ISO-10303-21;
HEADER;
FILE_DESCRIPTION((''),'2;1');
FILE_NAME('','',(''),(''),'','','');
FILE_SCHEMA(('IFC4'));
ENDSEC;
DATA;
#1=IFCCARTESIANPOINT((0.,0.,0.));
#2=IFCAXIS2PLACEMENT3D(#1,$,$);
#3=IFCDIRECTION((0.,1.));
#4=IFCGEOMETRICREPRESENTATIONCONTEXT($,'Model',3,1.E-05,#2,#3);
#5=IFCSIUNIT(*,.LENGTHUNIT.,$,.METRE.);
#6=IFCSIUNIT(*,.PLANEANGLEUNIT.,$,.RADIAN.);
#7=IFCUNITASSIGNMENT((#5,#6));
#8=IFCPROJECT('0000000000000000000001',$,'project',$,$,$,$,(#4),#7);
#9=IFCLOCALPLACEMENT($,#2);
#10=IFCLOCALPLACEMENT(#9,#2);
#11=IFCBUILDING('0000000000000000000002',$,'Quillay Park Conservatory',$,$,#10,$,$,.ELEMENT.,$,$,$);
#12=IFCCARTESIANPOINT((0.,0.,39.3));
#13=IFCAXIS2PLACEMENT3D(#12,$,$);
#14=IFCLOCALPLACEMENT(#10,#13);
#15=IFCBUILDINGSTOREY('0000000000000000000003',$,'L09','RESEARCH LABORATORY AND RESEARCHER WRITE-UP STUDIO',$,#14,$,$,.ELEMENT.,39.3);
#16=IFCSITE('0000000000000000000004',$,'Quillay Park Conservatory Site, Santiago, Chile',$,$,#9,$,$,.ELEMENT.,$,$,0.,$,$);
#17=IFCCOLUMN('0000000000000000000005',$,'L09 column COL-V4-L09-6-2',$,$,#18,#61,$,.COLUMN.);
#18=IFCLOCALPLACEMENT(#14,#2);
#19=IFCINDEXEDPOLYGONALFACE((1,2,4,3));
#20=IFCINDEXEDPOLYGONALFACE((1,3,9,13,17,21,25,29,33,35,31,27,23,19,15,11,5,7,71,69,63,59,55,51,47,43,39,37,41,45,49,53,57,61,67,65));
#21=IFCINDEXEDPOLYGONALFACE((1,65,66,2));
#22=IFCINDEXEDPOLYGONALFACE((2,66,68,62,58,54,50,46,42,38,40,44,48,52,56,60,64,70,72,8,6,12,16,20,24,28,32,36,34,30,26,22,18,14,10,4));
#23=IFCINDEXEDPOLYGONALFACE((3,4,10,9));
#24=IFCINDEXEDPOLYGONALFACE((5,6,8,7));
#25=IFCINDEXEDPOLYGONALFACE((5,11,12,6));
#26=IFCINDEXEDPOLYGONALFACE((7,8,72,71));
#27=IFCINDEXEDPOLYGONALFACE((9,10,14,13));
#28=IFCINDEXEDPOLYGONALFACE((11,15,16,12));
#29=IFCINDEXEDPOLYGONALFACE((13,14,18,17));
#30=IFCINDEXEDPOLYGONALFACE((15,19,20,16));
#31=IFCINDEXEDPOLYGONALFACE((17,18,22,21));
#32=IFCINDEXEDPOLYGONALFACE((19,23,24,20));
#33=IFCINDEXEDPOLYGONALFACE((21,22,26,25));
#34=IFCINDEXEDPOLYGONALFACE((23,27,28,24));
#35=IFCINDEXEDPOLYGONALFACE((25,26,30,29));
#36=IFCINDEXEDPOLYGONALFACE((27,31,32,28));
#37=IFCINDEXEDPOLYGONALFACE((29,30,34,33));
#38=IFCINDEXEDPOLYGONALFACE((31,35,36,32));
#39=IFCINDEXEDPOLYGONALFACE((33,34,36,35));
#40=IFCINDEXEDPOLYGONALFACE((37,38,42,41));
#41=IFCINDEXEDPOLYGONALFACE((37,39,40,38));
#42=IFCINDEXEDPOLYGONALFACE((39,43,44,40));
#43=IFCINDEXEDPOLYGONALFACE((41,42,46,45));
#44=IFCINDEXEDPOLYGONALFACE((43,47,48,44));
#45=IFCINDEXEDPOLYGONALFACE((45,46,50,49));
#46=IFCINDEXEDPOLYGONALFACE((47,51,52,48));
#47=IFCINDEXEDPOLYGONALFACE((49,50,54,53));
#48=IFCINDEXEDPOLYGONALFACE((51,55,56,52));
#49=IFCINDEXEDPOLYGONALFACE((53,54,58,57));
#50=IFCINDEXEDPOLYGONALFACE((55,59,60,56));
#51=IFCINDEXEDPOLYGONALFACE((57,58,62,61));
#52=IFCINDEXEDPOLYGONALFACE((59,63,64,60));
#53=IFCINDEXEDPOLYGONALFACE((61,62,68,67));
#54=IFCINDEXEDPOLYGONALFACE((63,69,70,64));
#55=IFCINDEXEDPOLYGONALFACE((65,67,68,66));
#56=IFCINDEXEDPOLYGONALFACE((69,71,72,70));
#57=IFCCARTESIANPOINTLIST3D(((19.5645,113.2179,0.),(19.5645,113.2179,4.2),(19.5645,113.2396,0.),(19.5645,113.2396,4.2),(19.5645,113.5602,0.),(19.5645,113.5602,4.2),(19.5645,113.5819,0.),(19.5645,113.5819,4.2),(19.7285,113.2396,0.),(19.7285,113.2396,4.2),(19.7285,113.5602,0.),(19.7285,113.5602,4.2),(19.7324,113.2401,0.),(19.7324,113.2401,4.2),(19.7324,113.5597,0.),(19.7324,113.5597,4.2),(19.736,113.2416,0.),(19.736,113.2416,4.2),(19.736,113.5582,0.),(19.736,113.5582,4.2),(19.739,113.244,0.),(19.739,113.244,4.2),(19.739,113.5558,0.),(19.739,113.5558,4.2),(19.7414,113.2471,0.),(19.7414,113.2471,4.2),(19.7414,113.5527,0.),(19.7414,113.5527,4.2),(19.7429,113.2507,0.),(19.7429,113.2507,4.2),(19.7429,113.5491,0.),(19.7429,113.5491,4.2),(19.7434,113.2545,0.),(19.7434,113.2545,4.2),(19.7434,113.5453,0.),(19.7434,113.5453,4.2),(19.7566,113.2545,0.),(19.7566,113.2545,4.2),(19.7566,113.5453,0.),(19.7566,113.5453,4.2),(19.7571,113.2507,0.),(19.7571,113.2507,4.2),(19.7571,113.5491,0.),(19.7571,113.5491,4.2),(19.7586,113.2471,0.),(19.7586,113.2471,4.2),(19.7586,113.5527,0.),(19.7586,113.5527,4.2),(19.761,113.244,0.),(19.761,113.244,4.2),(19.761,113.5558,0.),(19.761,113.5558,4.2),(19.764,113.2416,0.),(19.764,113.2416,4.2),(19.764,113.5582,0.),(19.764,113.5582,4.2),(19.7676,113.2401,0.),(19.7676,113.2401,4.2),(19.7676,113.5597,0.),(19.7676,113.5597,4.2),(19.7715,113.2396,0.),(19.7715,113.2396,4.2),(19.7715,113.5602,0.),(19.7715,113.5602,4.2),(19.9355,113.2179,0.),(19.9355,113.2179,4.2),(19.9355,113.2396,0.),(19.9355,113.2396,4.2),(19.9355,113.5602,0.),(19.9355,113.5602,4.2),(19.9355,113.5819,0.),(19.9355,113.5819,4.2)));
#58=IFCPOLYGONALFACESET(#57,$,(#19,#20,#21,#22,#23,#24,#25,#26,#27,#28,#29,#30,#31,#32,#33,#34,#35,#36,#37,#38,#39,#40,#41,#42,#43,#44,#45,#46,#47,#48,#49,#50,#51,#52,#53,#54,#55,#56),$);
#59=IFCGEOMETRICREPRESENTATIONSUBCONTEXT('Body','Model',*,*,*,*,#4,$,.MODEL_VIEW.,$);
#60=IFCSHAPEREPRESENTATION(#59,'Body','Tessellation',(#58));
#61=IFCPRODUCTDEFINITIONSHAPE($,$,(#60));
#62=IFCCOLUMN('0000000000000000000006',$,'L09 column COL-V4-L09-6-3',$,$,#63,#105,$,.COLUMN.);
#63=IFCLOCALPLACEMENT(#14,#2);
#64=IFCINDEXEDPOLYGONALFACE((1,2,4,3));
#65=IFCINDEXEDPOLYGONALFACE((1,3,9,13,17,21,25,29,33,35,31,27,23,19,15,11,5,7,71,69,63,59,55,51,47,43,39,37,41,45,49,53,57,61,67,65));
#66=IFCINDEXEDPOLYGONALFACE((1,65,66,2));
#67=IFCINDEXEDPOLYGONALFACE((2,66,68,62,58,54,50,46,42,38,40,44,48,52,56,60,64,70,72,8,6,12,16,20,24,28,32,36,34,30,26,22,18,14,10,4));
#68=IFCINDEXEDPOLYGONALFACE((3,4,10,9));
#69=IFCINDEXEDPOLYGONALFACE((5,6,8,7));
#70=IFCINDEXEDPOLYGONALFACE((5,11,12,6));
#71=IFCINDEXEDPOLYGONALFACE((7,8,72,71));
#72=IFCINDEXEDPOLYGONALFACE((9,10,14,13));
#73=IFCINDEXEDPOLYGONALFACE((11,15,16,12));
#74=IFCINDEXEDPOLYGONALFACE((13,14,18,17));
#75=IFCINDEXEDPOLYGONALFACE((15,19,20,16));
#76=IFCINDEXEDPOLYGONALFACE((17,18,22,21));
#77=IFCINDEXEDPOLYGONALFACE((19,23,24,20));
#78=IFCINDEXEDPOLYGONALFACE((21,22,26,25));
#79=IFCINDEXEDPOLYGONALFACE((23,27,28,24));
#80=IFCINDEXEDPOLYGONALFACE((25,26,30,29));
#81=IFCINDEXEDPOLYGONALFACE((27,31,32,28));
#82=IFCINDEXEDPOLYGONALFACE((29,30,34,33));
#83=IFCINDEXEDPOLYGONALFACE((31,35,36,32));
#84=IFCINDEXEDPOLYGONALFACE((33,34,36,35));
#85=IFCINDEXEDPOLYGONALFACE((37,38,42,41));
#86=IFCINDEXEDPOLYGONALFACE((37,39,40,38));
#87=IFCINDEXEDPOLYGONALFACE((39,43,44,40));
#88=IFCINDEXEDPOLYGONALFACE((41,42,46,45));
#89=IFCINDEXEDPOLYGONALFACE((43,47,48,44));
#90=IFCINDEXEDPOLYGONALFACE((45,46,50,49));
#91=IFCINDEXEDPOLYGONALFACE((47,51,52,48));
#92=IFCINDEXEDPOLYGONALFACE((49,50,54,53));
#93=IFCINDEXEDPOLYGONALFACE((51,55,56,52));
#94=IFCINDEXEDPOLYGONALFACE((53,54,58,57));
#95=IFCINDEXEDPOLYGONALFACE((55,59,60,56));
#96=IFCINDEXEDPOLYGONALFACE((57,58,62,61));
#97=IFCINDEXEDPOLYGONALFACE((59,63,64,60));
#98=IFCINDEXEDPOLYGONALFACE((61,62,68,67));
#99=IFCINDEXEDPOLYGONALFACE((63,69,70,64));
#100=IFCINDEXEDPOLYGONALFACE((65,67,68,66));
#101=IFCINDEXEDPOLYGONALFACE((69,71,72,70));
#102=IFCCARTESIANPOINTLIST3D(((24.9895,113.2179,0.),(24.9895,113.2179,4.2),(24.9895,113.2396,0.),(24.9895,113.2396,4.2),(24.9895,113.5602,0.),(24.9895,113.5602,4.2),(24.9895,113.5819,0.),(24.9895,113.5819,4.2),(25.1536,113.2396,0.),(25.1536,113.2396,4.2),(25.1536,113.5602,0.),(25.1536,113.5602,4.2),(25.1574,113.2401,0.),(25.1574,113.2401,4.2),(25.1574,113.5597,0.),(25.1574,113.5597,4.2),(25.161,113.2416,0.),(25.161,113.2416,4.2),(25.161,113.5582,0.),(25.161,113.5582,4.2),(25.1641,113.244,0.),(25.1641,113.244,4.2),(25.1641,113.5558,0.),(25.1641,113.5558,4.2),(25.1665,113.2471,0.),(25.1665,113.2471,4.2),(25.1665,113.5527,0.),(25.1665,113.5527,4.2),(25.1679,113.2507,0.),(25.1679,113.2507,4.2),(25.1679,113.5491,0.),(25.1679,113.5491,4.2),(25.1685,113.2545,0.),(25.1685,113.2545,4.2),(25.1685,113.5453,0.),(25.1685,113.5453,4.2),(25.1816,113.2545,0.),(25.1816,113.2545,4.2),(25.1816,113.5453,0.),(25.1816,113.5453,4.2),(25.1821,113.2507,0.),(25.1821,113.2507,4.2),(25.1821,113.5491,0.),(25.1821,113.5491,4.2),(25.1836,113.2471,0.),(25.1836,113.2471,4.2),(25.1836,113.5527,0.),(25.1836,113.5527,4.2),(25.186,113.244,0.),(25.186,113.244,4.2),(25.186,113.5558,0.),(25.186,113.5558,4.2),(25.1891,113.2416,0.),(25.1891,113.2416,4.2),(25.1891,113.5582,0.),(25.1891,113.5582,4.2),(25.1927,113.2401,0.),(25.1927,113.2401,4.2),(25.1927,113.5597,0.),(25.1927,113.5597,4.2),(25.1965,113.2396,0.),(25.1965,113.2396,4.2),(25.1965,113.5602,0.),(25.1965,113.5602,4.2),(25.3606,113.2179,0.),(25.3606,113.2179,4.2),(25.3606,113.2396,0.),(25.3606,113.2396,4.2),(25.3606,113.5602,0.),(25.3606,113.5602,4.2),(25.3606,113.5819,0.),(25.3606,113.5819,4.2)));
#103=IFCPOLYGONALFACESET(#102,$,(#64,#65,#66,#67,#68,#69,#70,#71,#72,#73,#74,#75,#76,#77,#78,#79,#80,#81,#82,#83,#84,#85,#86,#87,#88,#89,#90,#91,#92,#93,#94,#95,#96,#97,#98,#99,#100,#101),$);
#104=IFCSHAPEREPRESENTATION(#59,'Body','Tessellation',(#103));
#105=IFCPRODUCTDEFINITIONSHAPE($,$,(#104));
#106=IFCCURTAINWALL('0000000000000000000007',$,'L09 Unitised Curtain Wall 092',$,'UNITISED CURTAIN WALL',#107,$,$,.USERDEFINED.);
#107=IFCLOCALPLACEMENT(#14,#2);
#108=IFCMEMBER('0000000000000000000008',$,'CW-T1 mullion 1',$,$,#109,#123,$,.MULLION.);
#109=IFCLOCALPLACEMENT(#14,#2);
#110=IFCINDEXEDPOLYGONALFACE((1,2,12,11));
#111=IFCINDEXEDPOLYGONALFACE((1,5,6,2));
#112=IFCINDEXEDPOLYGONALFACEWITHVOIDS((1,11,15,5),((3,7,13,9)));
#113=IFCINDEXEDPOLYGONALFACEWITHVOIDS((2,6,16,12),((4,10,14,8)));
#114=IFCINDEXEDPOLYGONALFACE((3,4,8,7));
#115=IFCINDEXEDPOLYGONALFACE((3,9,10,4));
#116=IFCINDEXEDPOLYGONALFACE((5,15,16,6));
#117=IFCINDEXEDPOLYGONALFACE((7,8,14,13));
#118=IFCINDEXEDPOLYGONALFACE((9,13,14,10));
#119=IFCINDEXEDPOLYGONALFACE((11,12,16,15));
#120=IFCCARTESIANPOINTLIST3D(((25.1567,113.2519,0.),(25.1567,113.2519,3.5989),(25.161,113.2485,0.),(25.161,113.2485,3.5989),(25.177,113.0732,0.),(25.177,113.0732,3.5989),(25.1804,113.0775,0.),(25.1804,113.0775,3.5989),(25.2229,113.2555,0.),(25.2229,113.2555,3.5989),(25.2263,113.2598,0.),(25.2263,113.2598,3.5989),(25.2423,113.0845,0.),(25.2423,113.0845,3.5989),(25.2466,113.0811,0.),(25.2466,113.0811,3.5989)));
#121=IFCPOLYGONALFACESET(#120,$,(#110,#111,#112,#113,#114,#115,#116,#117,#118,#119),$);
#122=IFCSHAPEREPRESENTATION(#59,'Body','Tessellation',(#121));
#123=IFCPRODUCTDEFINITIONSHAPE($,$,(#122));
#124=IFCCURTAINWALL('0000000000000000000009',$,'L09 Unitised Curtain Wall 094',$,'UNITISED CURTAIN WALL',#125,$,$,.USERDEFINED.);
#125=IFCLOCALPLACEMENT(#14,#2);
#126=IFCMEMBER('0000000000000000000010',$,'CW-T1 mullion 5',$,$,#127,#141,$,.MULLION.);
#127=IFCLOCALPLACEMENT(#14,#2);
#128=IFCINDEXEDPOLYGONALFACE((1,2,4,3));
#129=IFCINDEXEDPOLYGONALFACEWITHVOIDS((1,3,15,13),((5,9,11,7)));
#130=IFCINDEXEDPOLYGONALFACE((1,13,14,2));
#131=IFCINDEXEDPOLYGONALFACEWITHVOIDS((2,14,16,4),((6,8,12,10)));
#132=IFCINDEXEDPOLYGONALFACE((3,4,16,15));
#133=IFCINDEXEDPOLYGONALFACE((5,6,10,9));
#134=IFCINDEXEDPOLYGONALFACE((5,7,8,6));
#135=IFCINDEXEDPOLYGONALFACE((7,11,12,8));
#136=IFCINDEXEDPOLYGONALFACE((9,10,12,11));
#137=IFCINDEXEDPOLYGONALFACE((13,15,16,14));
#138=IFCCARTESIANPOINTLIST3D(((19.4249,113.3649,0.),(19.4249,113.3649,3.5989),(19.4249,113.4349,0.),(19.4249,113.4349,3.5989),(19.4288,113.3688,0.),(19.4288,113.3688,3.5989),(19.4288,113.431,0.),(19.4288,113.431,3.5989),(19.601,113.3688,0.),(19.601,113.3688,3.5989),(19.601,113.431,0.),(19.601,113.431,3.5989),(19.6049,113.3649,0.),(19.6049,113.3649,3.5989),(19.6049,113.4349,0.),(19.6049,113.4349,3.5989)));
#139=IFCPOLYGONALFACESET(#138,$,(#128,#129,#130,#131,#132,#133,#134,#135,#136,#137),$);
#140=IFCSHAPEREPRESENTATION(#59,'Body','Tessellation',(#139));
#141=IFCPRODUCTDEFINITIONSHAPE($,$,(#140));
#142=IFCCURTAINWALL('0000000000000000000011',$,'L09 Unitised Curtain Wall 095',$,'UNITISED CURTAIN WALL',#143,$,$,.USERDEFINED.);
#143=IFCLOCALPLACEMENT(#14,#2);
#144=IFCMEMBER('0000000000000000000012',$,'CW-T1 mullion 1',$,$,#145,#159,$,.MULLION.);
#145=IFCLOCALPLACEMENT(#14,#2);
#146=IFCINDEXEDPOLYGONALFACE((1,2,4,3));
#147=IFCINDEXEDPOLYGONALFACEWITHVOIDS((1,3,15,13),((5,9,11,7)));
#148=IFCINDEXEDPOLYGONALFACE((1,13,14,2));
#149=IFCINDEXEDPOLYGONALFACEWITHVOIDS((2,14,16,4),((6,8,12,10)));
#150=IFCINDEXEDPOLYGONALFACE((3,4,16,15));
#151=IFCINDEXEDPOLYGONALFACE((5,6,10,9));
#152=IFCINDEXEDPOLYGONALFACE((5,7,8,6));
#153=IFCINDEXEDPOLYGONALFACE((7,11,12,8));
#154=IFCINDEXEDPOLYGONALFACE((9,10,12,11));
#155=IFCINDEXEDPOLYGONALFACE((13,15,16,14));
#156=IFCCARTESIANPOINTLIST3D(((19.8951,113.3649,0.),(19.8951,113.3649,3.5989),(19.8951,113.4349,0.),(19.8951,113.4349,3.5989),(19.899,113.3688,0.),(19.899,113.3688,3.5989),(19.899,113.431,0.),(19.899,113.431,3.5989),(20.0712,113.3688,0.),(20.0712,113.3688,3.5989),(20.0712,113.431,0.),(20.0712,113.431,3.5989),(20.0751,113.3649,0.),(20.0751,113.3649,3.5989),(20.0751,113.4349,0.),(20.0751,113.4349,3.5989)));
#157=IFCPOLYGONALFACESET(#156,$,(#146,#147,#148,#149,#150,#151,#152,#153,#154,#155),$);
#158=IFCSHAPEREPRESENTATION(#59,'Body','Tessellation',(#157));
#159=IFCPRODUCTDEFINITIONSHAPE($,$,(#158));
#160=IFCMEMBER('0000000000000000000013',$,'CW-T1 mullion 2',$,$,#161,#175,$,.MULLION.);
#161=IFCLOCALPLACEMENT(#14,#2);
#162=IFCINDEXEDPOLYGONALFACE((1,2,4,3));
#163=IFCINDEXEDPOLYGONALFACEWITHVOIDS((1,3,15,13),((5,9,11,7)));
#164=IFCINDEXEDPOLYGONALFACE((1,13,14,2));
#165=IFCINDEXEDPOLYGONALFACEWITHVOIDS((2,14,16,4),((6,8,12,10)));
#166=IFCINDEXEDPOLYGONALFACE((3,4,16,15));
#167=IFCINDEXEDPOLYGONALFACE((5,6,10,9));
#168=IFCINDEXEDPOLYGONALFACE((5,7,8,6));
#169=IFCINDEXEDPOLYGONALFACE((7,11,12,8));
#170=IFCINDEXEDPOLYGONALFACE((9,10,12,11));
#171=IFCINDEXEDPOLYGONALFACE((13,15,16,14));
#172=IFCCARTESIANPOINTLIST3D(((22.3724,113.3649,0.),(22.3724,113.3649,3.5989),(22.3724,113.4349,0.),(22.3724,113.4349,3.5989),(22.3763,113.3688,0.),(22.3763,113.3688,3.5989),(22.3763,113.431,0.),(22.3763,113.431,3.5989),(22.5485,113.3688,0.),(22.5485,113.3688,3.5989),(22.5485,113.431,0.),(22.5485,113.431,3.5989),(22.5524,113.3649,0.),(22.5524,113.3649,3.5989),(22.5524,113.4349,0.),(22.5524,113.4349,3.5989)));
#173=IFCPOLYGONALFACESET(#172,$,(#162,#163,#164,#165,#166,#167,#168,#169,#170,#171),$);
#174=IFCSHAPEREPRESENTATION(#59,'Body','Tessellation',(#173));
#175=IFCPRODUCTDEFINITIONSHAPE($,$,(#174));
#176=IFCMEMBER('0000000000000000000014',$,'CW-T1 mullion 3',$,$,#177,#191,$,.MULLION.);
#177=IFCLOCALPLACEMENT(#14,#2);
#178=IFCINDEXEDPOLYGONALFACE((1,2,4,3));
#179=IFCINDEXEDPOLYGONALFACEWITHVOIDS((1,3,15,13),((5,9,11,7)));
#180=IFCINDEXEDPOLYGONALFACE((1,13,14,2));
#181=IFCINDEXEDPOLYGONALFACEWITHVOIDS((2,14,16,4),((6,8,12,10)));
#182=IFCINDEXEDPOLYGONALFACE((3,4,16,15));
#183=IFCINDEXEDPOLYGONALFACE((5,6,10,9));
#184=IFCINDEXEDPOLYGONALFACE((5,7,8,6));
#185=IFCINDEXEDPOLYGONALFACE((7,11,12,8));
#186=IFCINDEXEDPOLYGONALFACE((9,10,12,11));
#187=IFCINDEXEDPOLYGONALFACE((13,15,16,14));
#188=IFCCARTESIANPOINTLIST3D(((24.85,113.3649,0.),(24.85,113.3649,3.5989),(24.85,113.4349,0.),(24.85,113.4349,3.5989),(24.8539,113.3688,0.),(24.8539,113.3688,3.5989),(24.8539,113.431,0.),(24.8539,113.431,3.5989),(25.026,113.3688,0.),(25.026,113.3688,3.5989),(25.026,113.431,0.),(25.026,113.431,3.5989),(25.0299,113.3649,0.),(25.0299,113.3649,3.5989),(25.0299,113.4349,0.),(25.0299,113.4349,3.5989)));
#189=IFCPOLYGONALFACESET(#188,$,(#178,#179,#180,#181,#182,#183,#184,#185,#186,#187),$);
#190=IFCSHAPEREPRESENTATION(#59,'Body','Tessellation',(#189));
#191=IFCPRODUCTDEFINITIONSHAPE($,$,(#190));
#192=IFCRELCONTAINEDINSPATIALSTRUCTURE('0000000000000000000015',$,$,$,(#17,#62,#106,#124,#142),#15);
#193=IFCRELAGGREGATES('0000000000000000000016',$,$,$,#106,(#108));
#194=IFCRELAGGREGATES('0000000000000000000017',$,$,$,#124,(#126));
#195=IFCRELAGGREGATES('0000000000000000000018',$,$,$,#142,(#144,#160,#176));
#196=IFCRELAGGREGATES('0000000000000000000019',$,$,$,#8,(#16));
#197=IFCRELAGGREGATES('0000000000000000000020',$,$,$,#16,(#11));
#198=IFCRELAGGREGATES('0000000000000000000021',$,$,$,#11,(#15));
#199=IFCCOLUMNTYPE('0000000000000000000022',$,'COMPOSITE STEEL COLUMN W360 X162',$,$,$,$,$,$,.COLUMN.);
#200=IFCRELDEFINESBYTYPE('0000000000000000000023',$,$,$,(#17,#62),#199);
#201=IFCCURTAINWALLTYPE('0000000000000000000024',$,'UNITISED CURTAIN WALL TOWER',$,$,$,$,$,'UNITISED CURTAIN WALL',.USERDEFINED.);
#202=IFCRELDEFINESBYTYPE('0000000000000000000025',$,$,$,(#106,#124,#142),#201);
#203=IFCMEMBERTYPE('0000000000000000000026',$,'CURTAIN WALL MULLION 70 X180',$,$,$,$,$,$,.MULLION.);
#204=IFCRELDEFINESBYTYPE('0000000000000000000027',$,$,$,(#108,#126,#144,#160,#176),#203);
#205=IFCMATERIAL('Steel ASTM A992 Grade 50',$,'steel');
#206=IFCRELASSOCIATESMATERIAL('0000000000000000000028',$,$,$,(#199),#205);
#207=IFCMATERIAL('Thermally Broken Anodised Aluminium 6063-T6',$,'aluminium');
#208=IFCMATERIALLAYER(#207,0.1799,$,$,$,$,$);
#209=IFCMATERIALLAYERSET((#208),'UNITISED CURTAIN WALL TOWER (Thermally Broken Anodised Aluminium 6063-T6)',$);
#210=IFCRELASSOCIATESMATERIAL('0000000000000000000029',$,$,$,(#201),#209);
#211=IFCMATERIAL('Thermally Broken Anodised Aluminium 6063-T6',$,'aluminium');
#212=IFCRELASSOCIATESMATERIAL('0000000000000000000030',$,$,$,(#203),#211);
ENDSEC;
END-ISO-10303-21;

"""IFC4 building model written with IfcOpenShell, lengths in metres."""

from ifc_helpers import new_model, si_unit, direction, frame, origin, origin_2d, place, context, subcontext, project, spatial, hollow_rectangle, i_section, extrude, material, layer, layer_set, material_profile, profile_set, type_object, element, aggregate, save


model = new_model("IFC4")

# Units and contexts
model_context = context("Model", 3, precision=1e-05, world=origin(), true_north=direction((0.0, 1.0)))
body_context = subcontext(model_context, "Body", "Model", "MODEL_VIEW")
ifc_project = project(units=[si_unit("LENGTHUNIT", "METRE"), si_unit("PLANEANGLEUNIT", "RADIAN")], contexts=[model_context])

# Site, building, storey
site_placement = place(None, origin())
site = spatial("IfcSite", under=ifc_project, at=site_placement, Name="Quillay Park Conservatory Site, Santiago, Chile", CompositionType="ELEMENT", RefElevation=0.0)
building_placement = place(site_placement, origin())
building = spatial("IfcBuilding", under=site, at=building_placement, Name="Quillay Park Conservatory", CompositionType="ELEMENT")
storey_placement = place(building_placement, frame((0.0, 0.0, 39.3)))
storey = spatial("IfcBuildingStorey", under=building, at=storey_placement, Name="L09", Description="RESEARCH LABORATORY AND RESEARCHER WRITE-UP STUDIO", CompositionType="ELEMENT", Elevation=39.3)

# Columns
ifc_material_1 = material(Name="Steel ASTM A992 Grade 50", Category="steel")
ifc_material_profile_1 = material_profile(ifc_material_1, i_section(OverallWidth=0.3711, OverallDepth=0.364, WebThickness=0.0132, FlangeThickness=0.0217, FilletRadius=0.0149, at=origin_2d()), Name="W360x162")
ifc_profile_set_1 = profile_set([ifc_material_profile_1], Name="Steel ASTM A992 Grade 50")
column_type = type_object("IfcColumnType", Name="COMPOSITE STEEL COLUMN W360 X162", PredefinedType="COLUMN", material=ifc_profile_set_1)
for number, where, z_axis, x_axis, name in (
    (1, (19.75, 113.3999, 0.0), (0.0, 0.0, 1.0), (1.0, 0.0, 0.0), "L09 column COL-V4-L09-6-2"),
    (2, (25.175, 113.3999, 0.0), (0.0, 0.0, 1.0), (1.0, 0.0, 0.0), "L09 column COL-V4-L09-6-3"),
):
    element("IfcColumn", number, at=place(storey_placement, frame(where, z_axis=z_axis, x_axis=x_axis)), inside=storey, type_object=column_type, Name=name, PredefinedType="COLUMN", context=body_context, shape_type="SweptSolid", body=[
        extrude(i_section(OverallWidth=0.3711, OverallDepth=0.364, WebThickness=0.0132, FlangeThickness=0.0217, FilletRadius=0.0149, at=origin_2d()), origin(), (0.0, 0.0, 1.0), 4.2),
    ])

# Curtain walls, members
ifc_material_2 = material(Name="Thermally Broken Anodised Aluminium 6063-T6", Category="aluminium")
ifc_layer_1 = layer(ifc_material_2, 0.1799)
ifc_layer_set_1 = layer_set([ifc_layer_1], Name="UNITISED CURTAIN WALL TOWER (Thermally Broken Anodised Aluminium 6063-T6)")
curtain_wall_type = type_object("IfcCurtainWallType", Name="UNITISED CURTAIN WALL TOWER", ElementType="UNITISED CURTAIN WALL", PredefinedType="USERDEFINED", material=ifc_layer_set_1)
curtain_wall_1_placement = place(storey_placement, origin())
curtain_wall_1 = element("IfcCurtainWall", 3, at=curtain_wall_1_placement, inside=storey, type_object=curtain_wall_type, Name="L09 Unitised Curtain Wall 092", ObjectType="UNITISED CURTAIN WALL", PredefinedType="USERDEFINED")
ifc_material_3 = material(Name="Thermally Broken Anodised Aluminium 6063-T6", Category="aluminium")
ifc_material_profile_2 = material_profile(ifc_material_3, hollow_rectangle(XDim=0.0701, YDim=0.1799, WallThickness=0.0039, at=origin_2d()), Name="AL70x180x4")
ifc_profile_set_2 = profile_set([ifc_material_profile_2], Name="Thermally Broken Anodised Aluminium 6063-T6")
member_type_1 = type_object("IfcMemberType", Name="CURTAIN WALL MULLION 70 X180", PredefinedType="MULLION", material=ifc_profile_set_2)
member_1_placement = place(storey_placement, frame((25.2017, 113.1665, 0.0), z_axis=(0.0, 0.0, 1.0), x_axis=(0.993606, 0.112903, 0.0)))
member_1 = element("IfcMember", 4, at=member_1_placement, type_object=member_type_1, Name="CW-T1 mullion 1", PredefinedType="MULLION", context=body_context, shape_type="SweptSolid", body=[
    extrude(hollow_rectangle(XDim=0.0701, YDim=0.1799, WallThickness=0.0039, at=origin_2d()), origin(), (0.0, 0.0, 1.0), 3.5989),
])
curtain_wall_2_placement = place(storey_placement, origin())
curtain_wall_2 = element("IfcCurtainWall", 5, at=curtain_wall_2_placement, inside=storey, type_object=curtain_wall_type, Name="L09 Unitised Curtain Wall 094", ObjectType="UNITISED CURTAIN WALL", PredefinedType="USERDEFINED")
member_2_placement = place(storey_placement, frame((19.5149, 113.3999, 0.0), z_axis=(0.0, 0.0, 1.0), x_axis=(0.0, 1.0, 0.0)))
member_2 = element("IfcMember", 6, at=member_2_placement, type_object=member_type_1, Name="CW-T1 mullion 5", PredefinedType="MULLION", context=body_context, shape_type="SweptSolid", body=[
    extrude(hollow_rectangle(XDim=0.0701, YDim=0.1799, WallThickness=0.0039, at=origin_2d()), origin(), (0.0, 0.0, 1.0), 3.5989),
])

# Curtain wall, members
curtain_wall_3_placement = place(storey_placement, origin())
curtain_wall_3 = element("IfcCurtainWall", 7, at=curtain_wall_3_placement, inside=storey, type_object=curtain_wall_type, Name="L09 Unitised Curtain Wall 095", ObjectType="UNITISED CURTAIN WALL", PredefinedType="USERDEFINED")
member_3_placement = place(storey_placement, frame((19.9851, 113.3999, 0.0), z_axis=(0.0, 0.0, 1.0), x_axis=(0.0, 1.0, 0.0)))
member_3 = element("IfcMember", 8, at=member_3_placement, type_object=member_type_1, Name="CW-T1 mullion 1", PredefinedType="MULLION", context=body_context, shape_type="SweptSolid", body=[
    extrude(hollow_rectangle(XDim=0.0701, YDim=0.1799, WallThickness=0.0039, at=origin_2d()), origin(), (0.0, 0.0, 1.0), 3.5989),
])
member_4_placement = place(storey_placement, frame((22.4624, 113.3999, 0.0), z_axis=(0.0, 0.0, 1.0), x_axis=(0.0, 1.0, 0.0)))
member_4 = element("IfcMember", 9, at=member_4_placement, type_object=member_type_1, Name="CW-T1 mullion 2", PredefinedType="MULLION", context=body_context, shape_type="SweptSolid", body=[
    extrude(hollow_rectangle(XDim=0.0701, YDim=0.1799, WallThickness=0.0039, at=origin_2d()), origin(), (0.0, 0.0, 1.0), 3.5989),
])
member_5_placement = place(storey_placement, frame((24.9399, 113.3999, 0.0), z_axis=(0.0, 0.0, 1.0), x_axis=(0.0, 1.0, 0.0)))
member_5 = element("IfcMember", 10, at=member_5_placement, type_object=member_type_1, Name="CW-T1 mullion 3", PredefinedType="MULLION", context=body_context, shape_type="SweptSolid", body=[
    extrude(hollow_rectangle(XDim=0.0701, YDim=0.1799, WallThickness=0.0039, at=origin_2d()), origin(), (0.0, 0.0, 1.0), 3.5989),
])

aggregate(curtain_wall_1, [member_1])

aggregate(curtain_wall_2, [member_2])
aggregate(curtain_wall_3, [member_3, member_4, member_5])

save(model, "model.ifc")
